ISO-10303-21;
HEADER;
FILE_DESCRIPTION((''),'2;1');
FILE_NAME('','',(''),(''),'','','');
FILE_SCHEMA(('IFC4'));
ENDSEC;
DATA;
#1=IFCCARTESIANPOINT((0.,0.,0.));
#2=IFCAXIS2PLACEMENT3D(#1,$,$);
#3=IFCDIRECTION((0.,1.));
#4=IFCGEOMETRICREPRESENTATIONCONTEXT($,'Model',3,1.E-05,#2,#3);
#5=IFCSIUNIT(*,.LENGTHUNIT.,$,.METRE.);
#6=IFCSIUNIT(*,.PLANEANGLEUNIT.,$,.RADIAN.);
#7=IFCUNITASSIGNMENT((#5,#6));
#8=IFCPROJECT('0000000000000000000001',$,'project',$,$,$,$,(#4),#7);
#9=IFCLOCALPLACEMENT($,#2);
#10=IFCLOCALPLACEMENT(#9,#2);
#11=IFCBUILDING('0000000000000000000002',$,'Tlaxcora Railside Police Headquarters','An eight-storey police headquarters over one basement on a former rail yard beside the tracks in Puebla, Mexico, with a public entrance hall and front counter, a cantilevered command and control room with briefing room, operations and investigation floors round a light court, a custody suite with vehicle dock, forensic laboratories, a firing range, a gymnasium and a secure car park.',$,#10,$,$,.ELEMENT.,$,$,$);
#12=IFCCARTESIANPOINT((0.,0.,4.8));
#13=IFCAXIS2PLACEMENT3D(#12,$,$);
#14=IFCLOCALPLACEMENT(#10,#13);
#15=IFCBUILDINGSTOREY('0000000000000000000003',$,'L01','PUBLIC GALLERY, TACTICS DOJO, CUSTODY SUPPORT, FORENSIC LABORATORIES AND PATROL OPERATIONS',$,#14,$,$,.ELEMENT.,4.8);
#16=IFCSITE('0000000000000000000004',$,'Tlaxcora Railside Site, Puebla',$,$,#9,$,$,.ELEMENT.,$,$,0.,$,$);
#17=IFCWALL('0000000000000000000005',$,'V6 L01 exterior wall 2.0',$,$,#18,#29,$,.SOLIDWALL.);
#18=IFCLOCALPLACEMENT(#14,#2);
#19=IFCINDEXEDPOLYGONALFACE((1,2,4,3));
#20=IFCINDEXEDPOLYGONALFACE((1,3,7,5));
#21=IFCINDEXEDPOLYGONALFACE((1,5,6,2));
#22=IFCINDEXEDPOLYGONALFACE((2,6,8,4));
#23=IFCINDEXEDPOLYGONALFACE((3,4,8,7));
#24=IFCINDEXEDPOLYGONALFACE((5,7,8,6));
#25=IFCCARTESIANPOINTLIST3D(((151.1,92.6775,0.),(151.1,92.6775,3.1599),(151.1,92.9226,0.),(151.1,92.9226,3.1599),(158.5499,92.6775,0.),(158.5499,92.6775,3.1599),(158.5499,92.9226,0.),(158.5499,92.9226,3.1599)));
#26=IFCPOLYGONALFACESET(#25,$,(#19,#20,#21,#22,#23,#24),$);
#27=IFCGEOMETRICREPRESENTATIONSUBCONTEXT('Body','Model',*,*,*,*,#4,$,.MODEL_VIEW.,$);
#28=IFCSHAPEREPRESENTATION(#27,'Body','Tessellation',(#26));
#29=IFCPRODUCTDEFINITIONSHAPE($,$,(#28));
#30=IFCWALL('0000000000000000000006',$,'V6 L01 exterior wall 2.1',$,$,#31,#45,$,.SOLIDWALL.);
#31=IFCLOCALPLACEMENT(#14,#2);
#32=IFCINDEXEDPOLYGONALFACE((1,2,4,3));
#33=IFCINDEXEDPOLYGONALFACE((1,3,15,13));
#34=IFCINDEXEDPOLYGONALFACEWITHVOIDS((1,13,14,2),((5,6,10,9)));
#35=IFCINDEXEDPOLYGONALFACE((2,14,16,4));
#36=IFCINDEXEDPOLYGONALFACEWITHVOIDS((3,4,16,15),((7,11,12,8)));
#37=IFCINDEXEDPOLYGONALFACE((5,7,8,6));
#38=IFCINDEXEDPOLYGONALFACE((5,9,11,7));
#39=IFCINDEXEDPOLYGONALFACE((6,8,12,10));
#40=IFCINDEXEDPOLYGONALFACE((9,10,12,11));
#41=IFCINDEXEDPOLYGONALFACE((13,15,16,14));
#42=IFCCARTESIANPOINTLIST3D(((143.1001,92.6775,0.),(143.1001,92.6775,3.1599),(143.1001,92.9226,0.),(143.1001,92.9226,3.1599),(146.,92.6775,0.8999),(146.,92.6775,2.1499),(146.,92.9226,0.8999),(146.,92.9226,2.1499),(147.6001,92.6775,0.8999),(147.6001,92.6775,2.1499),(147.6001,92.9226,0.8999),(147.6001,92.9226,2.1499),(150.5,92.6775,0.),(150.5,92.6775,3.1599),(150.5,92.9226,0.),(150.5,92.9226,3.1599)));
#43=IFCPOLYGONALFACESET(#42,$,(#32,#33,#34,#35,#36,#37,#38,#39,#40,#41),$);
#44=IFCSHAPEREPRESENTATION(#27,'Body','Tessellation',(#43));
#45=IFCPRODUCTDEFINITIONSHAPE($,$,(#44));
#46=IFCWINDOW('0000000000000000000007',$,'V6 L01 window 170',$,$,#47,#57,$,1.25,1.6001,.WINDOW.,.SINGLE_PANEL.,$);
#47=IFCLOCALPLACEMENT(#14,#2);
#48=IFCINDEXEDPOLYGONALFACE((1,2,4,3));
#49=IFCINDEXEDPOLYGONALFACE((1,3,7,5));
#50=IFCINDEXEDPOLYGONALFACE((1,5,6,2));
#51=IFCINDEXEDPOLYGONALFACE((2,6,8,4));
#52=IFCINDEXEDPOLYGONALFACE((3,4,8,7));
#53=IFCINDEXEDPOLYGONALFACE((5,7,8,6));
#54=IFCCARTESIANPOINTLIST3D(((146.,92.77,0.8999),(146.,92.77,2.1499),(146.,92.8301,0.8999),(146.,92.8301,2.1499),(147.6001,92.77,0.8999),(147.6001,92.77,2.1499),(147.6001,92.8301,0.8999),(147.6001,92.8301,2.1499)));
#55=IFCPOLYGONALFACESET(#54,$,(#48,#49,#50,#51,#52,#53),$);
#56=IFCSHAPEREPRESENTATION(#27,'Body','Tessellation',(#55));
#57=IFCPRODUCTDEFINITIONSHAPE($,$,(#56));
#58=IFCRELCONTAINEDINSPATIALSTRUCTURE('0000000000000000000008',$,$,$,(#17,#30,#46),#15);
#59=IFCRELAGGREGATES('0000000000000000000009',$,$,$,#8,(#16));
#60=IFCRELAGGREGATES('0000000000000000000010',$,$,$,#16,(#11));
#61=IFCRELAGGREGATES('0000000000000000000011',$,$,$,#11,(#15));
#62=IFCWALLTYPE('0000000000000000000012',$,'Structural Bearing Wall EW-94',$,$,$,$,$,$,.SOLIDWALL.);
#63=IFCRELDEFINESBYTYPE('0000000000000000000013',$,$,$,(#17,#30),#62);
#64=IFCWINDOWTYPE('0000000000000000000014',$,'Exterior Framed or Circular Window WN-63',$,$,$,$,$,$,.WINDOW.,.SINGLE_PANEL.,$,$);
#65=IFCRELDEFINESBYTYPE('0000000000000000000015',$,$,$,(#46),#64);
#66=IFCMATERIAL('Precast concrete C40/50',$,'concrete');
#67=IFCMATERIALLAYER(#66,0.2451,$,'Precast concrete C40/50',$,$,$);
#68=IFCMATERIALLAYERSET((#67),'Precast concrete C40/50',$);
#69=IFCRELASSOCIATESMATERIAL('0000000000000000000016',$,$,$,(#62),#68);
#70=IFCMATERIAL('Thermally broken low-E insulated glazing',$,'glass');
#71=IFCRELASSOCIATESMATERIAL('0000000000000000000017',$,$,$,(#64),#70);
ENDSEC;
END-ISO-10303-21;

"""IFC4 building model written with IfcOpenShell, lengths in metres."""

from ifc_helpers import new_model, si_unit, direction, frame, frame_2d, origin, place, context, subcontext, project, spatial, rectangle, extrude, material, layer, layer_set, type_object, element, fill, save


model = new_model("IFC4")

# Units and contexts
model_context = context("Model", 3, precision=1e-05, world=origin(), true_north=direction((0.0, 1.0)))
body_context = subcontext(model_context, "Body", "Model", "MODEL_VIEW")
ifc_project = project(units=[si_unit("LENGTHUNIT", "METRE"), si_unit("PLANEANGLEUNIT", "RADIAN")], contexts=[model_context])

# Site, building, storey
site_placement = place(None, origin())
site = spatial("IfcSite", under=ifc_project, at=site_placement, Name="Tlaxcora Railside Site, Puebla", CompositionType="ELEMENT", RefElevation=0.0)
building_placement = place(site_placement, origin())
building = spatial("IfcBuilding", under=site, at=building_placement, Name="Tlaxcora Railside Police Headquarters", Description="An eight-storey police headquarters over one basement on a former rail yard beside the tracks in Puebla, Mexico, with a public entrance hall and front counter, a cantilevered command and control room with briefing room, operations and investigation floors round a light court, a custody suite with vehicle dock, forensic laboratories, a firing range, a gymnasium and a secure car park.", CompositionType="ELEMENT")
storey_placement = place(building_placement, frame((0.0, 0.0, 4.8)))
storey = spatial("IfcBuildingStorey", under=building, at=storey_placement, Name="L01", Description="PUBLIC GALLERY, TACTICS DOJO, CUSTODY SUPPORT, FORENSIC LABORATORIES AND PATROL OPERATIONS", CompositionType="ELEMENT", Elevation=4.8)

# Shared definitions
ifc_material_1 = material(Name="Precast concrete C40/50", Category="concrete")
ifc_layer_1 = layer(ifc_material_1, 0.2451, Name="Precast concrete C40/50")
ifc_layer_set_1 = layer_set([ifc_layer_1], Name="Precast concrete C40/50")
wall_type = type_object("IfcWallType", Name="Structural Bearing Wall EW-94", PredefinedType="SOLIDWALL", material=ifc_layer_set_1)

# Shared definitions
ifc_material_2 = material(Name="Thermally broken low-E insulated glazing", Category="glass")

# Wall
wall_1_placement = place(storey_placement, frame((158.55, 92.8, 0.0), z_axis=(0.0, 0.0, 1.0), x_axis=(-1.0, 0.0, 0.0)))
element("IfcWall", 1, at=wall_1_placement, inside=storey, type_object=wall_type, Name="V6 L01 exterior wall 2.0", PredefinedType="SOLIDWALL", context=body_context, shape_type="SweptSolid", body=[
    extrude(rectangle(XDim=7.45, YDim=0.2451, at=frame_2d((3.7251, 0.0))), origin(), (0.0, 0.0, 1.0), 3.1599),
])

# Wall, opening, window
wall_2_placement = place(storey_placement, frame((150.5, 92.8, 0.0), z_axis=(0.0, 0.0, 1.0), x_axis=(-1.0, 0.0, 0.0)))
wall_2 = element("IfcWall", 2, at=wall_2_placement, inside=storey, type_object=wall_type, Name="V6 L01 exterior wall 2.1", PredefinedType="SOLIDWALL", context=body_context, shape_type="SweptSolid", body=[
    extrude(rectangle(XDim=7.3999, YDim=0.2451, at=frame_2d((3.7, 0.0))), origin(), (0.0, 0.0, 1.0), 3.1599),
])
opening_1_placement = place(wall_2_placement, frame((2.8999, 0.0, 0.8999)))
opening_1 = element("IfcOpeningElement", 3, at=opening_1_placement, cuts=wall_2, PredefinedType="OPENING", context=body_context, shape_type="SweptSolid", body=[
    extrude(rectangle(XDim=1.6001, YDim=1.25, at=frame_2d((0.8, 0.625))), frame((0.0, 0.1326, 0.0), z_axis=(0.0, -1.0, 0.0), x_axis=(1.0, 0.0, 0.0)), (0.0, 0.0, 1.0), 0.2651),
])
window_type_1 = type_object("IfcWindowType", Name="Exterior Framed or Circular Window WN-63", PartitioningType="SINGLE_PANEL", PredefinedType="WINDOW", material=ifc_material_2)
window_1_placement = place(opening_1_placement, origin())
window_1 = element("IfcWindow", 4, at=window_1_placement, inside=storey, type_object=window_type_1, Name="V6 L01 window 170", OverallHeight=1.25, OverallWidth=1.6001, PartitioningType="SINGLE_PANEL", PredefinedType="WINDOW", context=body_context, shape_type="SweptSolid", body=[
    extrude(rectangle(XDim=1.6001, YDim=1.25, at=frame_2d((0.8, 0.625))), frame((0.0, 0.03, 0.0), z_axis=(0.0, -1.0, 0.0), x_axis=(1.0, 0.0, 0.0)), (0.0, 0.0, 1.0), 0.0601),
])
fill(opening_1, window_1)

save(model, "model.ifc")
